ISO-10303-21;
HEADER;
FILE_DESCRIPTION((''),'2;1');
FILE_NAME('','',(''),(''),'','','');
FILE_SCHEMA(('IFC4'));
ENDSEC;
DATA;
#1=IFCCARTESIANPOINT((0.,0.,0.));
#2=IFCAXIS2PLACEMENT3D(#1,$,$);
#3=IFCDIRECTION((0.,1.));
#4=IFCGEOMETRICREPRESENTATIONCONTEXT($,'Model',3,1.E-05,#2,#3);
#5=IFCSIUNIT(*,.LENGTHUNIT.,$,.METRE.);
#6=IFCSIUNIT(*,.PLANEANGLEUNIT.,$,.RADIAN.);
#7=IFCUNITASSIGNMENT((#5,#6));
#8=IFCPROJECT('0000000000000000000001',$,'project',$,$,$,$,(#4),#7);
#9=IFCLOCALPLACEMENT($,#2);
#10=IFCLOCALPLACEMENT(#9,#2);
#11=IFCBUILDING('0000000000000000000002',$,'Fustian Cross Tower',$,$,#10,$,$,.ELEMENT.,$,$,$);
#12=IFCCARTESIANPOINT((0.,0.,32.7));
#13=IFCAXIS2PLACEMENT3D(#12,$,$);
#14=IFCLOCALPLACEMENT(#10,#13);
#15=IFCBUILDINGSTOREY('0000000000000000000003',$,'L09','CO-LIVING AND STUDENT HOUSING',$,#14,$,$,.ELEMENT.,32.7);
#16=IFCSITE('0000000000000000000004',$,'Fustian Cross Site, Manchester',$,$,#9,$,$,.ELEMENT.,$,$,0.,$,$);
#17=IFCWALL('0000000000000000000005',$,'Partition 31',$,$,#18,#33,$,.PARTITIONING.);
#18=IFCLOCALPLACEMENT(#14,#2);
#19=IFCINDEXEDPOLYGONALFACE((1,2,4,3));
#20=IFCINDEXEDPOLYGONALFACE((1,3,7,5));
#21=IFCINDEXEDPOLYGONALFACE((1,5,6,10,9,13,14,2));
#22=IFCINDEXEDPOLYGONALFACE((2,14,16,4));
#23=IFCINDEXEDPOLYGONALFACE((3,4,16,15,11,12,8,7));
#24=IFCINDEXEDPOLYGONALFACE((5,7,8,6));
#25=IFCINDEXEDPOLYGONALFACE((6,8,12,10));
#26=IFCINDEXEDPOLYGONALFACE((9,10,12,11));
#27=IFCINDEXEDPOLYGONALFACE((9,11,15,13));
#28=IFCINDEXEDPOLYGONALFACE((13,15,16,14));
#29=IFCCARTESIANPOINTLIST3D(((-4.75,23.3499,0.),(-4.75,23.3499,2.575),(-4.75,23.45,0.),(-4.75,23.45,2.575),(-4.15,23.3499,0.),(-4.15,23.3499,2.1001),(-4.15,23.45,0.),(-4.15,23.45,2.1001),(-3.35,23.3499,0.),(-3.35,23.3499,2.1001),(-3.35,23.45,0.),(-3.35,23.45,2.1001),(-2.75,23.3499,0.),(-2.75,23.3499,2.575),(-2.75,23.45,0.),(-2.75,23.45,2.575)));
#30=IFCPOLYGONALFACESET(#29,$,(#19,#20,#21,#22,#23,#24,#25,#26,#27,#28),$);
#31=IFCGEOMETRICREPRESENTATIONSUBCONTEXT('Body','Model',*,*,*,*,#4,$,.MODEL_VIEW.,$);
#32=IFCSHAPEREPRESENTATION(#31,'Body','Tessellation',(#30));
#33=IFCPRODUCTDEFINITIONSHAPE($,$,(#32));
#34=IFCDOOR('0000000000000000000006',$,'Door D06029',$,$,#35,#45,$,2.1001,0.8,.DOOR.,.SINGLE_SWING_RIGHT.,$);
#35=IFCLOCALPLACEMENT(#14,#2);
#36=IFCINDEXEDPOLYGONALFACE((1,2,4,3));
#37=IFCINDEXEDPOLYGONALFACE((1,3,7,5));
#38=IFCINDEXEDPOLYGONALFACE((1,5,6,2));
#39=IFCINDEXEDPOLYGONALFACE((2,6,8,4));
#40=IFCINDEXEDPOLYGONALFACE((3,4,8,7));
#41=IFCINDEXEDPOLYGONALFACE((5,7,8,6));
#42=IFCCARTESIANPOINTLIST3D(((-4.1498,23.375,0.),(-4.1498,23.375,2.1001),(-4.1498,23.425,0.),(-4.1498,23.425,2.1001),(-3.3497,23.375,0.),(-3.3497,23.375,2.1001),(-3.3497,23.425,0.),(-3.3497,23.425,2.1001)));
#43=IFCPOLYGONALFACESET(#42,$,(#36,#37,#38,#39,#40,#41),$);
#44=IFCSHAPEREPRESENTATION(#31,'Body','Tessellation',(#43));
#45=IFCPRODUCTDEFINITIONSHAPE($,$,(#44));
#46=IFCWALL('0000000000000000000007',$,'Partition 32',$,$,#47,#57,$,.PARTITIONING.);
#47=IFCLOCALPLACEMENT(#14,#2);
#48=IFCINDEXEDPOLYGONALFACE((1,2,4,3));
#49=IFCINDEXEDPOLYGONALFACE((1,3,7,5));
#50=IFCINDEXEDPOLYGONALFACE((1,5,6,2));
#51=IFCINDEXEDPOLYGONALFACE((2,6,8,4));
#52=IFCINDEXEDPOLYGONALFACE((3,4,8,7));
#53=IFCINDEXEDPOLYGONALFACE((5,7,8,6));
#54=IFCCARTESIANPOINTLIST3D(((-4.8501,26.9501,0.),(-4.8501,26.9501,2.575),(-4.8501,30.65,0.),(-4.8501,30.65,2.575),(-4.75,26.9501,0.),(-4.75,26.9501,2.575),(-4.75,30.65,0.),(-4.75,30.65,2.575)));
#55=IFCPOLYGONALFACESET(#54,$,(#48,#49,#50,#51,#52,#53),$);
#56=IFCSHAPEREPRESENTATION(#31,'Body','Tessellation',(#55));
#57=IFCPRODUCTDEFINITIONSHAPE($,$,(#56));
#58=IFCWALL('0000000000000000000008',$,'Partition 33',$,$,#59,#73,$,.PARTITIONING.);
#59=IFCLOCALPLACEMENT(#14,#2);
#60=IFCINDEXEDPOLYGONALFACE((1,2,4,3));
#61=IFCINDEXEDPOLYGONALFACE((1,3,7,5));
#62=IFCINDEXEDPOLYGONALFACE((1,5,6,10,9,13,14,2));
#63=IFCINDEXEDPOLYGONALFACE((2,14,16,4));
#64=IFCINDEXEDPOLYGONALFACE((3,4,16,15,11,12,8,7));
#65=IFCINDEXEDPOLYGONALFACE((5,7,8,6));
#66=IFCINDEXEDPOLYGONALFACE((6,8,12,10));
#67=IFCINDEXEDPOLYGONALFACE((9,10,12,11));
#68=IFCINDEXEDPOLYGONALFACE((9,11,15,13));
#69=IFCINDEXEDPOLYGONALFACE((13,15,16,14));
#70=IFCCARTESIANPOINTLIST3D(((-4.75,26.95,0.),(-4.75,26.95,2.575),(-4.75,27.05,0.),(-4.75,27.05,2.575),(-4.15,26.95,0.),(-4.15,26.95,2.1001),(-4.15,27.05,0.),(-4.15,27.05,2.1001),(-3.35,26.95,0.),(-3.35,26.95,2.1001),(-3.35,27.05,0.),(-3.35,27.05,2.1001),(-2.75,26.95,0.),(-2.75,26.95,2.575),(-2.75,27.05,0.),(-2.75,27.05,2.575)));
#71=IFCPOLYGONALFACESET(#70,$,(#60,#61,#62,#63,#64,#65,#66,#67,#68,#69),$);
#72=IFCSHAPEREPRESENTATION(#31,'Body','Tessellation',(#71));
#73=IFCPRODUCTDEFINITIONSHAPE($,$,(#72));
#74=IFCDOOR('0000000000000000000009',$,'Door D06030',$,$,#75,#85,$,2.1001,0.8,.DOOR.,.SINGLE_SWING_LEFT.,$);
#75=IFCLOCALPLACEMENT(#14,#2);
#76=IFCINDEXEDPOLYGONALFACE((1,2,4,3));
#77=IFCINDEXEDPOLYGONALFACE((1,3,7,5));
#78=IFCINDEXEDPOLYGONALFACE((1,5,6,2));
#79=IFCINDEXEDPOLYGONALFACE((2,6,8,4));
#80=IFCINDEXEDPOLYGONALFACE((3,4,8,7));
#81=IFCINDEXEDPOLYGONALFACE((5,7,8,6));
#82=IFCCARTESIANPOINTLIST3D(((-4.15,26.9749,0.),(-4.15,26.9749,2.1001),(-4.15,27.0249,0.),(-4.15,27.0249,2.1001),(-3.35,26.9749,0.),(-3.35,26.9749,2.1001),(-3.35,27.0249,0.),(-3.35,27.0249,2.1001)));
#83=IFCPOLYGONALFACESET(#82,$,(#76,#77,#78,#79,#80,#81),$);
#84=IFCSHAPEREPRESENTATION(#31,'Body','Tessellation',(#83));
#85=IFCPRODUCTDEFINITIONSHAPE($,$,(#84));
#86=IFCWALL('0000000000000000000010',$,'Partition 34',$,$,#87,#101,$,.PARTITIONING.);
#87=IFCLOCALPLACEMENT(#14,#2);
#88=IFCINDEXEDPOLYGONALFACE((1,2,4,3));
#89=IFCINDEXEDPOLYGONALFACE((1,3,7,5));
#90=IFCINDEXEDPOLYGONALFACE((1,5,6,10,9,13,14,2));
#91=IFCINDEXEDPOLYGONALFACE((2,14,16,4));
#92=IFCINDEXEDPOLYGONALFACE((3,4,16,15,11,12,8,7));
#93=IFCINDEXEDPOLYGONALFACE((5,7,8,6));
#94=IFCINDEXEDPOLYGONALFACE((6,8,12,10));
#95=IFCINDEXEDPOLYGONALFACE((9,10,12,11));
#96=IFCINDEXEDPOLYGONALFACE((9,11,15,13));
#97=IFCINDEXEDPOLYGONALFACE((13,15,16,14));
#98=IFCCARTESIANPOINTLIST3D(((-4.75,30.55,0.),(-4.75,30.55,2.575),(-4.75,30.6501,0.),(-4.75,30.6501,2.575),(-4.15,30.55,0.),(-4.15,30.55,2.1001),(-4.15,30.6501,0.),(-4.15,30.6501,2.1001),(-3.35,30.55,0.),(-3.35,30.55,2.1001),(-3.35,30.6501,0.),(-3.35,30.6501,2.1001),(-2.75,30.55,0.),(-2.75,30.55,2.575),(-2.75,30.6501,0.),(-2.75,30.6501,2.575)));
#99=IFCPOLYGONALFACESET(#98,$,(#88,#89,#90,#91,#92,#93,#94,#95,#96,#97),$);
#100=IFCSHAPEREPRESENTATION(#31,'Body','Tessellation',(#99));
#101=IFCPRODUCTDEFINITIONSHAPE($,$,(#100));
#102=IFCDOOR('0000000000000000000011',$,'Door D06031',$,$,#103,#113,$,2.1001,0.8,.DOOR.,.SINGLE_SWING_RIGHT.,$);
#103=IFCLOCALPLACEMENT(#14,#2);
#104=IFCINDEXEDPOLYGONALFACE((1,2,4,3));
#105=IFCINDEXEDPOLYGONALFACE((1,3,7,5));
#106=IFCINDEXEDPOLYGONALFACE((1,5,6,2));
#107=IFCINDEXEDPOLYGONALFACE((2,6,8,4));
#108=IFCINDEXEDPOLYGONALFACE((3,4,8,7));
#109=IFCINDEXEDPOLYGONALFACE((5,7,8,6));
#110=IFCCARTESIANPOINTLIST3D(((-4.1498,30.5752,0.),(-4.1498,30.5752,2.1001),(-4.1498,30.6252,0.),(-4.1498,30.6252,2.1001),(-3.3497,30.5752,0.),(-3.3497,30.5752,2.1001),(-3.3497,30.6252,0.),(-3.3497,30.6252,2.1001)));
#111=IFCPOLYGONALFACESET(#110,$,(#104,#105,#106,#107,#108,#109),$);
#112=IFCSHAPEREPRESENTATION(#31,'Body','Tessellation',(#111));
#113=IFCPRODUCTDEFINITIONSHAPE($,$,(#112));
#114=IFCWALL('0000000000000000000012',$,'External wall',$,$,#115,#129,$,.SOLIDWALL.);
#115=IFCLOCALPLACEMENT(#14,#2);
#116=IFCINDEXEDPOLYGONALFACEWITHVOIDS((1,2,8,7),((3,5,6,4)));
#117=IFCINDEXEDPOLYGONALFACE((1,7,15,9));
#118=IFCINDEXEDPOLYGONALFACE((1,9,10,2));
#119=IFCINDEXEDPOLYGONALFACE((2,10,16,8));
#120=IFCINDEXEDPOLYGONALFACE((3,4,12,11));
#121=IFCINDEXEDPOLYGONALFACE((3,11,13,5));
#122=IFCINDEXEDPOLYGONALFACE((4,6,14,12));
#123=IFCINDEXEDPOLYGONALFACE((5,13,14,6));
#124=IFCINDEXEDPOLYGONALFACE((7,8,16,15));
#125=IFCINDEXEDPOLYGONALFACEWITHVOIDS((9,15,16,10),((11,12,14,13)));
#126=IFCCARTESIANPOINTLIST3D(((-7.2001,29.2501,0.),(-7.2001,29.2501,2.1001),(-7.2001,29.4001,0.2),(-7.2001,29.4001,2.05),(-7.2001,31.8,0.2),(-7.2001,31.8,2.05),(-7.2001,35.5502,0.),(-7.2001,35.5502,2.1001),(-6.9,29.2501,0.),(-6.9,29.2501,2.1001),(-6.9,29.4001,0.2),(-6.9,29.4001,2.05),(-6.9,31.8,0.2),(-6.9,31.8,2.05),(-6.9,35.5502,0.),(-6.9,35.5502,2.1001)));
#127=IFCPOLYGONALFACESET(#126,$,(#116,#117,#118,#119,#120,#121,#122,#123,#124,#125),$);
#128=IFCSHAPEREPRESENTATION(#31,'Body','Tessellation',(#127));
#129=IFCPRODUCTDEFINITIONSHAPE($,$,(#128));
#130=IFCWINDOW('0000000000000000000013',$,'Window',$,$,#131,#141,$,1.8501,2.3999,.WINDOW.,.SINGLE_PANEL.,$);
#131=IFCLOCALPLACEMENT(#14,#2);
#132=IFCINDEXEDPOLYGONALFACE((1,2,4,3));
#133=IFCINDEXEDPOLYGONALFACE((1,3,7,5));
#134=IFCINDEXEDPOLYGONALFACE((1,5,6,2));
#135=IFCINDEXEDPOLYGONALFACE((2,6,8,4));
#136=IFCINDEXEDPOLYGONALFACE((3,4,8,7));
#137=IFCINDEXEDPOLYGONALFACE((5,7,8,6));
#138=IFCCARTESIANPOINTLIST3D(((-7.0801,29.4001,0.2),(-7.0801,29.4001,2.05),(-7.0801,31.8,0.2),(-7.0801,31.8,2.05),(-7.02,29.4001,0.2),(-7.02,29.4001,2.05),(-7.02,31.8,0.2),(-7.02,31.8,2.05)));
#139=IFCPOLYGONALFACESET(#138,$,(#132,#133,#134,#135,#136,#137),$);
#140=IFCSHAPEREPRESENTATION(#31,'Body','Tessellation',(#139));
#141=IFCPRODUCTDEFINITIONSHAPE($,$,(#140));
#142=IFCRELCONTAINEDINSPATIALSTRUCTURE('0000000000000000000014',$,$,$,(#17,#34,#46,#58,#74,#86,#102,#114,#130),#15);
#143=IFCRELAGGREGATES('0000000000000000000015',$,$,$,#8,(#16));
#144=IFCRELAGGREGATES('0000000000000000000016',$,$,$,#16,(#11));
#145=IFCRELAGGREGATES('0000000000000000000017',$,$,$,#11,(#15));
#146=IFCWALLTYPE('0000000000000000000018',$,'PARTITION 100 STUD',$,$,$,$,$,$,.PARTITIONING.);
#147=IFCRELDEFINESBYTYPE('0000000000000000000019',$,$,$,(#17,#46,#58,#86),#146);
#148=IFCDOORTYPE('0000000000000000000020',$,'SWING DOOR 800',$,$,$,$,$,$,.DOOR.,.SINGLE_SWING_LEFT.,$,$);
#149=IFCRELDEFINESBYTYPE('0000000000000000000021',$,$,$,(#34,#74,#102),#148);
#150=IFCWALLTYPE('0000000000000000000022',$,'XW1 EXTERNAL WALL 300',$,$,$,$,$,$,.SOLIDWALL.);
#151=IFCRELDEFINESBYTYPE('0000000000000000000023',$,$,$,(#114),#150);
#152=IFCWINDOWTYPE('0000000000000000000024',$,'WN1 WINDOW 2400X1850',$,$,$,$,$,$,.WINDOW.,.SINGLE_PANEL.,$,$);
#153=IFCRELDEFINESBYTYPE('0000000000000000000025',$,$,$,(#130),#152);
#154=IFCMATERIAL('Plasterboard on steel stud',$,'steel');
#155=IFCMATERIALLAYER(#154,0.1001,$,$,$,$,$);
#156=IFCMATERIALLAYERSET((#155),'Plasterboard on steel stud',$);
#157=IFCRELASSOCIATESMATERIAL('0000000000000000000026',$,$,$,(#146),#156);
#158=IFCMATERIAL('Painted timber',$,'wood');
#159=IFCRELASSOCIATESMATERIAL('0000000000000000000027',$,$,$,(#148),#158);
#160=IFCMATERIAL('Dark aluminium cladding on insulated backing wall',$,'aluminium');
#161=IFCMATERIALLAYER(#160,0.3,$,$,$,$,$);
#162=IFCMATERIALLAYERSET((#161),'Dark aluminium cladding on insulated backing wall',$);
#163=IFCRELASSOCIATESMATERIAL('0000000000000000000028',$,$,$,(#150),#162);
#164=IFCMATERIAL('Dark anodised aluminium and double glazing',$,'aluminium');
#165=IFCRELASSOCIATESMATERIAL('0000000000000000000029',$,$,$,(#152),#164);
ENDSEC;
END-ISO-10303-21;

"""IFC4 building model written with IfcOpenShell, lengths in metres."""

from ifc_helpers import new_model, si_unit, direction, frame, frame_2d, origin, place, context, subcontext, project, spatial, rectangle, extrude, material, layer, layer_set, type_object, element, fill, save


model = new_model("IFC4")

# Units and contexts
model_context = context("Model", 3, precision=1e-05, world=origin(), true_north=direction((0.0, 1.0)))
body_context = subcontext(model_context, "Body", "Model", "MODEL_VIEW")
ifc_project = project(units=[si_unit("LENGTHUNIT", "METRE"), si_unit("PLANEANGLEUNIT", "RADIAN")], contexts=[model_context])

# Site, building, storey
site_placement = place(None, origin())
site = spatial("IfcSite", under=ifc_project, at=site_placement, Name="Fustian Cross Site, Manchester", CompositionType="ELEMENT", RefElevation=0.0)
building_placement = place(site_placement, origin())
building = spatial("IfcBuilding", under=site, at=building_placement, Name="Fustian Cross Tower", CompositionType="ELEMENT")
storey_placement = place(building_placement, frame((0.0, 0.0, 32.7)))
storey = spatial("IfcBuildingStorey", under=building, at=storey_placement, Name="L09", Description="CO-LIVING AND STUDENT HOUSING", CompositionType="ELEMENT", Elevation=32.7)

# Shared definitions
ifc_material_1 = material(Name="Plasterboard on steel stud", Category="steel")
ifc_layer_1 = layer(ifc_material_1, 0.1001)
ifc_layer_set_1 = layer_set([ifc_layer_1], Name="Plasterboard on steel stud")
wall_type_1 = type_object("IfcWallType", Name="PARTITION 100 STUD", PredefinedType="PARTITIONING", material=ifc_layer_set_1)

# Wall, opening, door
ifc_material_2 = material(Name="Painted timber", Category="wood")
door_type_1 = type_object("IfcDoorType", Name="SWING DOOR 800", OperationType="SINGLE_SWING_LEFT", PredefinedType="DOOR", material=ifc_material_2)
wall_1_placement = place(storey_placement, frame((-4.75, 23.3999, 0.0), z_axis=(0.0, 0.0, 1.0), x_axis=(1.0, 0.0, 0.0)))
wall_1 = element("IfcWall", 1, at=wall_1_placement, inside=storey, type_object=wall_type_1, Name="Partition 31", PredefinedType="PARTITIONING", context=body_context, shape_type="SweptSolid", body=[
    extrude(rectangle(XDim=2.0, YDim=0.1001, at=frame_2d((1.0, 0.0))), origin(), (0.0, 0.0, 1.0), 2.575),
])
opening_1_placement = place(wall_1_placement, frame((0.6001, 0.0, 0.0)))
opening_1 = element("IfcOpeningElement", 2, at=opening_1_placement, cuts=wall_1, PredefinedType="OPENING", context=body_context, shape_type="SweptSolid", body=[
    extrude(rectangle(XDim=0.8, YDim=2.1001, at=frame_2d((0.3999, 1.05))), frame((0.0, 0.0601, 0.0), z_axis=(0.0, -1.0, 0.0), x_axis=(1.0, 0.0, 0.0)), (0.0, 0.0, 1.0), 0.1201),
])
door_1_placement = place(opening_1_placement, frame((0.8, 0.0, 0.0), z_axis=(0.0, 0.0, 1.0), x_axis=(-1.0, 0.0, 0.0)))
door_1 = element("IfcDoor", 3, at=door_1_placement, inside=storey, type_object=door_type_1, Name="Door D06029", OperationType="SINGLE_SWING_RIGHT", OverallHeight=2.1001, OverallWidth=0.8, PredefinedType="DOOR", context=body_context, shape_type="SweptSolid", body=[
    extrude(rectangle(XDim=0.8, YDim=2.1001, at=frame_2d((0.3999, 1.05))), frame((0.0, 0.0249, 0.0), z_axis=(0.0, -1.0, 0.0), x_axis=(1.0, 0.0, 0.0)), (0.0, 0.0, 1.0), 0.05),
])
fill(opening_1, door_1)

# Wall
wall_2_placement = place(storey_placement, frame((-4.8, 26.95, 0.0), z_axis=(0.0, 0.0, 1.0), x_axis=(0.0, 1.0, 0.0)))
element("IfcWall", 4, at=wall_2_placement, inside=storey, type_object=wall_type_1, Name="Partition 32", PredefinedType="PARTITIONING", context=body_context, shape_type="SweptSolid", body=[
    extrude(rectangle(XDim=3.7, YDim=0.1001, at=frame_2d((1.8501, 0.0))), origin(), (0.0, 0.0, 1.0), 2.575),
])

# Walls, openings, doors
wall_3_placement = place(storey_placement, frame((-4.75, 27.0, 0.0), z_axis=(0.0, 0.0, 1.0), x_axis=(1.0, 0.0, 0.0)))
wall_3 = element("IfcWall", 5, at=wall_3_placement, inside=storey, type_object=wall_type_1, Name="Partition 33", PredefinedType="PARTITIONING", context=body_context, shape_type="SweptSolid", body=[
    extrude(rectangle(XDim=2.0, YDim=0.1001, at=frame_2d((1.0, 0.0))), origin(), (0.0, 0.0, 1.0), 2.575),
])
opening_2_placement = place(wall_3_placement, frame((0.6001, 0.0, 0.0)))
opening_2 = element("IfcOpeningElement", 6, at=opening_2_placement, cuts=wall_3, PredefinedType="OPENING", context=body_context, shape_type="SweptSolid", body=[
    extrude(rectangle(XDim=0.8, YDim=2.1001, at=frame_2d((0.3999, 1.05))), frame((0.0, 0.0601, 0.0), z_axis=(0.0, -1.0, 0.0), x_axis=(1.0, 0.0, 0.0)), (0.0, 0.0, 1.0), 0.1201),
])
door_2_placement = place(opening_2_placement, origin())
door_2 = element("IfcDoor", 7, at=door_2_placement, inside=storey, type_object=door_type_1, Name="Door D06030", OperationType="SINGLE_SWING_LEFT", OverallHeight=2.1001, OverallWidth=0.8, PredefinedType="DOOR", context=body_context, shape_type="SweptSolid", body=[
    extrude(rectangle(XDim=0.8, YDim=2.1001, at=frame_2d((0.3999, 1.05))), frame((0.0, 0.0249, 0.0), z_axis=(0.0, -1.0, 0.0), x_axis=(1.0, 0.0, 0.0)), (0.0, 0.0, 1.0), 0.05),
])
fill(opening_2, door_2)
wall_4_placement = place(storey_placement, frame((-4.75, 30.6001, 0.0), z_axis=(0.0, 0.0, 1.0), x_axis=(1.0, 0.0, 0.0)))
wall_4 = element("IfcWall", 8, at=wall_4_placement, inside=storey, type_object=wall_type_1, Name="Partition 34", PredefinedType="PARTITIONING", context=body_context, shape_type="SweptSolid", body=[
    extrude(rectangle(XDim=2.0, YDim=0.1001, at=frame_2d((1.0, 0.0))), origin(), (0.0, 0.0, 1.0), 2.575),
])
opening_3_placement = place(wall_4_placement, frame((0.6001, 0.0, 0.0)))
opening_3 = element("IfcOpeningElement", 9, at=opening_3_placement, cuts=wall_4, PredefinedType="OPENING", context=body_context, shape_type="SweptSolid", body=[
    extrude(rectangle(XDim=0.8, YDim=2.1001, at=frame_2d((0.3999, 1.05))), frame((0.0, 0.0601, 0.0), z_axis=(0.0, -1.0, 0.0), x_axis=(1.0, 0.0, 0.0)), (0.0, 0.0, 1.0), 0.1201),
])
door_3_placement = place(opening_3_placement, frame((0.8, 0.0, 0.0), z_axis=(0.0, 0.0, 1.0), x_axis=(-1.0, 0.0, 0.0)))
door_3 = element("IfcDoor", 10, at=door_3_placement, inside=storey, type_object=door_type_1, Name="Door D06031", OperationType="SINGLE_SWING_RIGHT", OverallHeight=2.1001, OverallWidth=0.8, PredefinedType="DOOR", context=body_context, shape_type="SweptSolid", body=[
    extrude(rectangle(XDim=0.8, YDim=2.1001, at=frame_2d((0.3999, 1.05))), frame((0.0, 0.0249, 0.0), z_axis=(0.0, -1.0, 0.0), x_axis=(1.0, 0.0, 0.0)), (0.0, 0.0, 1.0), 0.05),
])
fill(opening_3, door_3)

# Wall, opening, window
ifc_material_3 = material(Name="Dark aluminium cladding on insulated backing wall", Category="aluminium")
ifc_layer_2 = layer(ifc_material_3, 0.3)
ifc_layer_set_2 = layer_set([ifc_layer_2], Name="Dark aluminium cladding on insulated backing wall")
wall_type_2 = type_object("IfcWallType", Name="XW1 EXTERNAL WALL 300", PredefinedType="SOLIDWALL", material=ifc_layer_set_2)
wall_5_placement = place(storey_placement, frame((-7.05, 35.55, 0.0), z_axis=(0.0, 0.0, 1.0), x_axis=(0.0, -1.0, 0.0)))
wall_5 = element("IfcWall", 11, at=wall_5_placement, inside=storey, type_object=wall_type_2, Name="External wall", PredefinedType="SOLIDWALL", context=body_context, shape_type="SweptSolid", body=[
    extrude(rectangle(XDim=6.3, YDim=0.3, at=frame_2d((3.1499, 0.0))), origin(), (0.0, 0.0, 1.0), 2.1001),
])
opening_4_placement = place(wall_5_placement, frame((3.75, 0.0, 0.2)))
opening_4 = element("IfcOpeningElement", 12, at=opening_4_placement, cuts=wall_5, PredefinedType="OPENING", context=body_context, shape_type="SweptSolid", body=[
    extrude(rectangle(XDim=2.3999, YDim=1.8501, at=frame_2d((1.2, 0.925))), frame((0.0, 0.1599, 0.0), z_axis=(0.0, -1.0, 0.0), x_axis=(1.0, 0.0, 0.0)), (0.0, 0.0, 1.0), 0.3201),
])
ifc_material_4 = material(Name="Dark anodised aluminium and double glazing", Category="aluminium")
window_type = type_object("IfcWindowType", Name="WN1 WINDOW 2400X1850", PartitioningType="SINGLE_PANEL", PredefinedType="WINDOW", material=ifc_material_4)
window_1_placement = place(opening_4_placement, origin())
window_1 = element("IfcWindow", 13, at=window_1_placement, inside=storey, type_object=window_type, Name="Window", OverallHeight=1.8501, OverallWidth=2.3999, PartitioningType="SINGLE_PANEL", PredefinedType="WINDOW", context=body_context, shape_type="SweptSolid", body=[
    extrude(rectangle(XDim=2.3999, YDim=1.8501, at=frame_2d((1.2, 0.925))), frame((0.0, 0.03, 0.0), z_axis=(0.0, -1.0, 0.0), x_axis=(1.0, 0.0, 0.0)), (0.0, 0.0, 1.0), 0.0601),
])
fill(opening_4, window_1)

save(model, "model.ifc")
